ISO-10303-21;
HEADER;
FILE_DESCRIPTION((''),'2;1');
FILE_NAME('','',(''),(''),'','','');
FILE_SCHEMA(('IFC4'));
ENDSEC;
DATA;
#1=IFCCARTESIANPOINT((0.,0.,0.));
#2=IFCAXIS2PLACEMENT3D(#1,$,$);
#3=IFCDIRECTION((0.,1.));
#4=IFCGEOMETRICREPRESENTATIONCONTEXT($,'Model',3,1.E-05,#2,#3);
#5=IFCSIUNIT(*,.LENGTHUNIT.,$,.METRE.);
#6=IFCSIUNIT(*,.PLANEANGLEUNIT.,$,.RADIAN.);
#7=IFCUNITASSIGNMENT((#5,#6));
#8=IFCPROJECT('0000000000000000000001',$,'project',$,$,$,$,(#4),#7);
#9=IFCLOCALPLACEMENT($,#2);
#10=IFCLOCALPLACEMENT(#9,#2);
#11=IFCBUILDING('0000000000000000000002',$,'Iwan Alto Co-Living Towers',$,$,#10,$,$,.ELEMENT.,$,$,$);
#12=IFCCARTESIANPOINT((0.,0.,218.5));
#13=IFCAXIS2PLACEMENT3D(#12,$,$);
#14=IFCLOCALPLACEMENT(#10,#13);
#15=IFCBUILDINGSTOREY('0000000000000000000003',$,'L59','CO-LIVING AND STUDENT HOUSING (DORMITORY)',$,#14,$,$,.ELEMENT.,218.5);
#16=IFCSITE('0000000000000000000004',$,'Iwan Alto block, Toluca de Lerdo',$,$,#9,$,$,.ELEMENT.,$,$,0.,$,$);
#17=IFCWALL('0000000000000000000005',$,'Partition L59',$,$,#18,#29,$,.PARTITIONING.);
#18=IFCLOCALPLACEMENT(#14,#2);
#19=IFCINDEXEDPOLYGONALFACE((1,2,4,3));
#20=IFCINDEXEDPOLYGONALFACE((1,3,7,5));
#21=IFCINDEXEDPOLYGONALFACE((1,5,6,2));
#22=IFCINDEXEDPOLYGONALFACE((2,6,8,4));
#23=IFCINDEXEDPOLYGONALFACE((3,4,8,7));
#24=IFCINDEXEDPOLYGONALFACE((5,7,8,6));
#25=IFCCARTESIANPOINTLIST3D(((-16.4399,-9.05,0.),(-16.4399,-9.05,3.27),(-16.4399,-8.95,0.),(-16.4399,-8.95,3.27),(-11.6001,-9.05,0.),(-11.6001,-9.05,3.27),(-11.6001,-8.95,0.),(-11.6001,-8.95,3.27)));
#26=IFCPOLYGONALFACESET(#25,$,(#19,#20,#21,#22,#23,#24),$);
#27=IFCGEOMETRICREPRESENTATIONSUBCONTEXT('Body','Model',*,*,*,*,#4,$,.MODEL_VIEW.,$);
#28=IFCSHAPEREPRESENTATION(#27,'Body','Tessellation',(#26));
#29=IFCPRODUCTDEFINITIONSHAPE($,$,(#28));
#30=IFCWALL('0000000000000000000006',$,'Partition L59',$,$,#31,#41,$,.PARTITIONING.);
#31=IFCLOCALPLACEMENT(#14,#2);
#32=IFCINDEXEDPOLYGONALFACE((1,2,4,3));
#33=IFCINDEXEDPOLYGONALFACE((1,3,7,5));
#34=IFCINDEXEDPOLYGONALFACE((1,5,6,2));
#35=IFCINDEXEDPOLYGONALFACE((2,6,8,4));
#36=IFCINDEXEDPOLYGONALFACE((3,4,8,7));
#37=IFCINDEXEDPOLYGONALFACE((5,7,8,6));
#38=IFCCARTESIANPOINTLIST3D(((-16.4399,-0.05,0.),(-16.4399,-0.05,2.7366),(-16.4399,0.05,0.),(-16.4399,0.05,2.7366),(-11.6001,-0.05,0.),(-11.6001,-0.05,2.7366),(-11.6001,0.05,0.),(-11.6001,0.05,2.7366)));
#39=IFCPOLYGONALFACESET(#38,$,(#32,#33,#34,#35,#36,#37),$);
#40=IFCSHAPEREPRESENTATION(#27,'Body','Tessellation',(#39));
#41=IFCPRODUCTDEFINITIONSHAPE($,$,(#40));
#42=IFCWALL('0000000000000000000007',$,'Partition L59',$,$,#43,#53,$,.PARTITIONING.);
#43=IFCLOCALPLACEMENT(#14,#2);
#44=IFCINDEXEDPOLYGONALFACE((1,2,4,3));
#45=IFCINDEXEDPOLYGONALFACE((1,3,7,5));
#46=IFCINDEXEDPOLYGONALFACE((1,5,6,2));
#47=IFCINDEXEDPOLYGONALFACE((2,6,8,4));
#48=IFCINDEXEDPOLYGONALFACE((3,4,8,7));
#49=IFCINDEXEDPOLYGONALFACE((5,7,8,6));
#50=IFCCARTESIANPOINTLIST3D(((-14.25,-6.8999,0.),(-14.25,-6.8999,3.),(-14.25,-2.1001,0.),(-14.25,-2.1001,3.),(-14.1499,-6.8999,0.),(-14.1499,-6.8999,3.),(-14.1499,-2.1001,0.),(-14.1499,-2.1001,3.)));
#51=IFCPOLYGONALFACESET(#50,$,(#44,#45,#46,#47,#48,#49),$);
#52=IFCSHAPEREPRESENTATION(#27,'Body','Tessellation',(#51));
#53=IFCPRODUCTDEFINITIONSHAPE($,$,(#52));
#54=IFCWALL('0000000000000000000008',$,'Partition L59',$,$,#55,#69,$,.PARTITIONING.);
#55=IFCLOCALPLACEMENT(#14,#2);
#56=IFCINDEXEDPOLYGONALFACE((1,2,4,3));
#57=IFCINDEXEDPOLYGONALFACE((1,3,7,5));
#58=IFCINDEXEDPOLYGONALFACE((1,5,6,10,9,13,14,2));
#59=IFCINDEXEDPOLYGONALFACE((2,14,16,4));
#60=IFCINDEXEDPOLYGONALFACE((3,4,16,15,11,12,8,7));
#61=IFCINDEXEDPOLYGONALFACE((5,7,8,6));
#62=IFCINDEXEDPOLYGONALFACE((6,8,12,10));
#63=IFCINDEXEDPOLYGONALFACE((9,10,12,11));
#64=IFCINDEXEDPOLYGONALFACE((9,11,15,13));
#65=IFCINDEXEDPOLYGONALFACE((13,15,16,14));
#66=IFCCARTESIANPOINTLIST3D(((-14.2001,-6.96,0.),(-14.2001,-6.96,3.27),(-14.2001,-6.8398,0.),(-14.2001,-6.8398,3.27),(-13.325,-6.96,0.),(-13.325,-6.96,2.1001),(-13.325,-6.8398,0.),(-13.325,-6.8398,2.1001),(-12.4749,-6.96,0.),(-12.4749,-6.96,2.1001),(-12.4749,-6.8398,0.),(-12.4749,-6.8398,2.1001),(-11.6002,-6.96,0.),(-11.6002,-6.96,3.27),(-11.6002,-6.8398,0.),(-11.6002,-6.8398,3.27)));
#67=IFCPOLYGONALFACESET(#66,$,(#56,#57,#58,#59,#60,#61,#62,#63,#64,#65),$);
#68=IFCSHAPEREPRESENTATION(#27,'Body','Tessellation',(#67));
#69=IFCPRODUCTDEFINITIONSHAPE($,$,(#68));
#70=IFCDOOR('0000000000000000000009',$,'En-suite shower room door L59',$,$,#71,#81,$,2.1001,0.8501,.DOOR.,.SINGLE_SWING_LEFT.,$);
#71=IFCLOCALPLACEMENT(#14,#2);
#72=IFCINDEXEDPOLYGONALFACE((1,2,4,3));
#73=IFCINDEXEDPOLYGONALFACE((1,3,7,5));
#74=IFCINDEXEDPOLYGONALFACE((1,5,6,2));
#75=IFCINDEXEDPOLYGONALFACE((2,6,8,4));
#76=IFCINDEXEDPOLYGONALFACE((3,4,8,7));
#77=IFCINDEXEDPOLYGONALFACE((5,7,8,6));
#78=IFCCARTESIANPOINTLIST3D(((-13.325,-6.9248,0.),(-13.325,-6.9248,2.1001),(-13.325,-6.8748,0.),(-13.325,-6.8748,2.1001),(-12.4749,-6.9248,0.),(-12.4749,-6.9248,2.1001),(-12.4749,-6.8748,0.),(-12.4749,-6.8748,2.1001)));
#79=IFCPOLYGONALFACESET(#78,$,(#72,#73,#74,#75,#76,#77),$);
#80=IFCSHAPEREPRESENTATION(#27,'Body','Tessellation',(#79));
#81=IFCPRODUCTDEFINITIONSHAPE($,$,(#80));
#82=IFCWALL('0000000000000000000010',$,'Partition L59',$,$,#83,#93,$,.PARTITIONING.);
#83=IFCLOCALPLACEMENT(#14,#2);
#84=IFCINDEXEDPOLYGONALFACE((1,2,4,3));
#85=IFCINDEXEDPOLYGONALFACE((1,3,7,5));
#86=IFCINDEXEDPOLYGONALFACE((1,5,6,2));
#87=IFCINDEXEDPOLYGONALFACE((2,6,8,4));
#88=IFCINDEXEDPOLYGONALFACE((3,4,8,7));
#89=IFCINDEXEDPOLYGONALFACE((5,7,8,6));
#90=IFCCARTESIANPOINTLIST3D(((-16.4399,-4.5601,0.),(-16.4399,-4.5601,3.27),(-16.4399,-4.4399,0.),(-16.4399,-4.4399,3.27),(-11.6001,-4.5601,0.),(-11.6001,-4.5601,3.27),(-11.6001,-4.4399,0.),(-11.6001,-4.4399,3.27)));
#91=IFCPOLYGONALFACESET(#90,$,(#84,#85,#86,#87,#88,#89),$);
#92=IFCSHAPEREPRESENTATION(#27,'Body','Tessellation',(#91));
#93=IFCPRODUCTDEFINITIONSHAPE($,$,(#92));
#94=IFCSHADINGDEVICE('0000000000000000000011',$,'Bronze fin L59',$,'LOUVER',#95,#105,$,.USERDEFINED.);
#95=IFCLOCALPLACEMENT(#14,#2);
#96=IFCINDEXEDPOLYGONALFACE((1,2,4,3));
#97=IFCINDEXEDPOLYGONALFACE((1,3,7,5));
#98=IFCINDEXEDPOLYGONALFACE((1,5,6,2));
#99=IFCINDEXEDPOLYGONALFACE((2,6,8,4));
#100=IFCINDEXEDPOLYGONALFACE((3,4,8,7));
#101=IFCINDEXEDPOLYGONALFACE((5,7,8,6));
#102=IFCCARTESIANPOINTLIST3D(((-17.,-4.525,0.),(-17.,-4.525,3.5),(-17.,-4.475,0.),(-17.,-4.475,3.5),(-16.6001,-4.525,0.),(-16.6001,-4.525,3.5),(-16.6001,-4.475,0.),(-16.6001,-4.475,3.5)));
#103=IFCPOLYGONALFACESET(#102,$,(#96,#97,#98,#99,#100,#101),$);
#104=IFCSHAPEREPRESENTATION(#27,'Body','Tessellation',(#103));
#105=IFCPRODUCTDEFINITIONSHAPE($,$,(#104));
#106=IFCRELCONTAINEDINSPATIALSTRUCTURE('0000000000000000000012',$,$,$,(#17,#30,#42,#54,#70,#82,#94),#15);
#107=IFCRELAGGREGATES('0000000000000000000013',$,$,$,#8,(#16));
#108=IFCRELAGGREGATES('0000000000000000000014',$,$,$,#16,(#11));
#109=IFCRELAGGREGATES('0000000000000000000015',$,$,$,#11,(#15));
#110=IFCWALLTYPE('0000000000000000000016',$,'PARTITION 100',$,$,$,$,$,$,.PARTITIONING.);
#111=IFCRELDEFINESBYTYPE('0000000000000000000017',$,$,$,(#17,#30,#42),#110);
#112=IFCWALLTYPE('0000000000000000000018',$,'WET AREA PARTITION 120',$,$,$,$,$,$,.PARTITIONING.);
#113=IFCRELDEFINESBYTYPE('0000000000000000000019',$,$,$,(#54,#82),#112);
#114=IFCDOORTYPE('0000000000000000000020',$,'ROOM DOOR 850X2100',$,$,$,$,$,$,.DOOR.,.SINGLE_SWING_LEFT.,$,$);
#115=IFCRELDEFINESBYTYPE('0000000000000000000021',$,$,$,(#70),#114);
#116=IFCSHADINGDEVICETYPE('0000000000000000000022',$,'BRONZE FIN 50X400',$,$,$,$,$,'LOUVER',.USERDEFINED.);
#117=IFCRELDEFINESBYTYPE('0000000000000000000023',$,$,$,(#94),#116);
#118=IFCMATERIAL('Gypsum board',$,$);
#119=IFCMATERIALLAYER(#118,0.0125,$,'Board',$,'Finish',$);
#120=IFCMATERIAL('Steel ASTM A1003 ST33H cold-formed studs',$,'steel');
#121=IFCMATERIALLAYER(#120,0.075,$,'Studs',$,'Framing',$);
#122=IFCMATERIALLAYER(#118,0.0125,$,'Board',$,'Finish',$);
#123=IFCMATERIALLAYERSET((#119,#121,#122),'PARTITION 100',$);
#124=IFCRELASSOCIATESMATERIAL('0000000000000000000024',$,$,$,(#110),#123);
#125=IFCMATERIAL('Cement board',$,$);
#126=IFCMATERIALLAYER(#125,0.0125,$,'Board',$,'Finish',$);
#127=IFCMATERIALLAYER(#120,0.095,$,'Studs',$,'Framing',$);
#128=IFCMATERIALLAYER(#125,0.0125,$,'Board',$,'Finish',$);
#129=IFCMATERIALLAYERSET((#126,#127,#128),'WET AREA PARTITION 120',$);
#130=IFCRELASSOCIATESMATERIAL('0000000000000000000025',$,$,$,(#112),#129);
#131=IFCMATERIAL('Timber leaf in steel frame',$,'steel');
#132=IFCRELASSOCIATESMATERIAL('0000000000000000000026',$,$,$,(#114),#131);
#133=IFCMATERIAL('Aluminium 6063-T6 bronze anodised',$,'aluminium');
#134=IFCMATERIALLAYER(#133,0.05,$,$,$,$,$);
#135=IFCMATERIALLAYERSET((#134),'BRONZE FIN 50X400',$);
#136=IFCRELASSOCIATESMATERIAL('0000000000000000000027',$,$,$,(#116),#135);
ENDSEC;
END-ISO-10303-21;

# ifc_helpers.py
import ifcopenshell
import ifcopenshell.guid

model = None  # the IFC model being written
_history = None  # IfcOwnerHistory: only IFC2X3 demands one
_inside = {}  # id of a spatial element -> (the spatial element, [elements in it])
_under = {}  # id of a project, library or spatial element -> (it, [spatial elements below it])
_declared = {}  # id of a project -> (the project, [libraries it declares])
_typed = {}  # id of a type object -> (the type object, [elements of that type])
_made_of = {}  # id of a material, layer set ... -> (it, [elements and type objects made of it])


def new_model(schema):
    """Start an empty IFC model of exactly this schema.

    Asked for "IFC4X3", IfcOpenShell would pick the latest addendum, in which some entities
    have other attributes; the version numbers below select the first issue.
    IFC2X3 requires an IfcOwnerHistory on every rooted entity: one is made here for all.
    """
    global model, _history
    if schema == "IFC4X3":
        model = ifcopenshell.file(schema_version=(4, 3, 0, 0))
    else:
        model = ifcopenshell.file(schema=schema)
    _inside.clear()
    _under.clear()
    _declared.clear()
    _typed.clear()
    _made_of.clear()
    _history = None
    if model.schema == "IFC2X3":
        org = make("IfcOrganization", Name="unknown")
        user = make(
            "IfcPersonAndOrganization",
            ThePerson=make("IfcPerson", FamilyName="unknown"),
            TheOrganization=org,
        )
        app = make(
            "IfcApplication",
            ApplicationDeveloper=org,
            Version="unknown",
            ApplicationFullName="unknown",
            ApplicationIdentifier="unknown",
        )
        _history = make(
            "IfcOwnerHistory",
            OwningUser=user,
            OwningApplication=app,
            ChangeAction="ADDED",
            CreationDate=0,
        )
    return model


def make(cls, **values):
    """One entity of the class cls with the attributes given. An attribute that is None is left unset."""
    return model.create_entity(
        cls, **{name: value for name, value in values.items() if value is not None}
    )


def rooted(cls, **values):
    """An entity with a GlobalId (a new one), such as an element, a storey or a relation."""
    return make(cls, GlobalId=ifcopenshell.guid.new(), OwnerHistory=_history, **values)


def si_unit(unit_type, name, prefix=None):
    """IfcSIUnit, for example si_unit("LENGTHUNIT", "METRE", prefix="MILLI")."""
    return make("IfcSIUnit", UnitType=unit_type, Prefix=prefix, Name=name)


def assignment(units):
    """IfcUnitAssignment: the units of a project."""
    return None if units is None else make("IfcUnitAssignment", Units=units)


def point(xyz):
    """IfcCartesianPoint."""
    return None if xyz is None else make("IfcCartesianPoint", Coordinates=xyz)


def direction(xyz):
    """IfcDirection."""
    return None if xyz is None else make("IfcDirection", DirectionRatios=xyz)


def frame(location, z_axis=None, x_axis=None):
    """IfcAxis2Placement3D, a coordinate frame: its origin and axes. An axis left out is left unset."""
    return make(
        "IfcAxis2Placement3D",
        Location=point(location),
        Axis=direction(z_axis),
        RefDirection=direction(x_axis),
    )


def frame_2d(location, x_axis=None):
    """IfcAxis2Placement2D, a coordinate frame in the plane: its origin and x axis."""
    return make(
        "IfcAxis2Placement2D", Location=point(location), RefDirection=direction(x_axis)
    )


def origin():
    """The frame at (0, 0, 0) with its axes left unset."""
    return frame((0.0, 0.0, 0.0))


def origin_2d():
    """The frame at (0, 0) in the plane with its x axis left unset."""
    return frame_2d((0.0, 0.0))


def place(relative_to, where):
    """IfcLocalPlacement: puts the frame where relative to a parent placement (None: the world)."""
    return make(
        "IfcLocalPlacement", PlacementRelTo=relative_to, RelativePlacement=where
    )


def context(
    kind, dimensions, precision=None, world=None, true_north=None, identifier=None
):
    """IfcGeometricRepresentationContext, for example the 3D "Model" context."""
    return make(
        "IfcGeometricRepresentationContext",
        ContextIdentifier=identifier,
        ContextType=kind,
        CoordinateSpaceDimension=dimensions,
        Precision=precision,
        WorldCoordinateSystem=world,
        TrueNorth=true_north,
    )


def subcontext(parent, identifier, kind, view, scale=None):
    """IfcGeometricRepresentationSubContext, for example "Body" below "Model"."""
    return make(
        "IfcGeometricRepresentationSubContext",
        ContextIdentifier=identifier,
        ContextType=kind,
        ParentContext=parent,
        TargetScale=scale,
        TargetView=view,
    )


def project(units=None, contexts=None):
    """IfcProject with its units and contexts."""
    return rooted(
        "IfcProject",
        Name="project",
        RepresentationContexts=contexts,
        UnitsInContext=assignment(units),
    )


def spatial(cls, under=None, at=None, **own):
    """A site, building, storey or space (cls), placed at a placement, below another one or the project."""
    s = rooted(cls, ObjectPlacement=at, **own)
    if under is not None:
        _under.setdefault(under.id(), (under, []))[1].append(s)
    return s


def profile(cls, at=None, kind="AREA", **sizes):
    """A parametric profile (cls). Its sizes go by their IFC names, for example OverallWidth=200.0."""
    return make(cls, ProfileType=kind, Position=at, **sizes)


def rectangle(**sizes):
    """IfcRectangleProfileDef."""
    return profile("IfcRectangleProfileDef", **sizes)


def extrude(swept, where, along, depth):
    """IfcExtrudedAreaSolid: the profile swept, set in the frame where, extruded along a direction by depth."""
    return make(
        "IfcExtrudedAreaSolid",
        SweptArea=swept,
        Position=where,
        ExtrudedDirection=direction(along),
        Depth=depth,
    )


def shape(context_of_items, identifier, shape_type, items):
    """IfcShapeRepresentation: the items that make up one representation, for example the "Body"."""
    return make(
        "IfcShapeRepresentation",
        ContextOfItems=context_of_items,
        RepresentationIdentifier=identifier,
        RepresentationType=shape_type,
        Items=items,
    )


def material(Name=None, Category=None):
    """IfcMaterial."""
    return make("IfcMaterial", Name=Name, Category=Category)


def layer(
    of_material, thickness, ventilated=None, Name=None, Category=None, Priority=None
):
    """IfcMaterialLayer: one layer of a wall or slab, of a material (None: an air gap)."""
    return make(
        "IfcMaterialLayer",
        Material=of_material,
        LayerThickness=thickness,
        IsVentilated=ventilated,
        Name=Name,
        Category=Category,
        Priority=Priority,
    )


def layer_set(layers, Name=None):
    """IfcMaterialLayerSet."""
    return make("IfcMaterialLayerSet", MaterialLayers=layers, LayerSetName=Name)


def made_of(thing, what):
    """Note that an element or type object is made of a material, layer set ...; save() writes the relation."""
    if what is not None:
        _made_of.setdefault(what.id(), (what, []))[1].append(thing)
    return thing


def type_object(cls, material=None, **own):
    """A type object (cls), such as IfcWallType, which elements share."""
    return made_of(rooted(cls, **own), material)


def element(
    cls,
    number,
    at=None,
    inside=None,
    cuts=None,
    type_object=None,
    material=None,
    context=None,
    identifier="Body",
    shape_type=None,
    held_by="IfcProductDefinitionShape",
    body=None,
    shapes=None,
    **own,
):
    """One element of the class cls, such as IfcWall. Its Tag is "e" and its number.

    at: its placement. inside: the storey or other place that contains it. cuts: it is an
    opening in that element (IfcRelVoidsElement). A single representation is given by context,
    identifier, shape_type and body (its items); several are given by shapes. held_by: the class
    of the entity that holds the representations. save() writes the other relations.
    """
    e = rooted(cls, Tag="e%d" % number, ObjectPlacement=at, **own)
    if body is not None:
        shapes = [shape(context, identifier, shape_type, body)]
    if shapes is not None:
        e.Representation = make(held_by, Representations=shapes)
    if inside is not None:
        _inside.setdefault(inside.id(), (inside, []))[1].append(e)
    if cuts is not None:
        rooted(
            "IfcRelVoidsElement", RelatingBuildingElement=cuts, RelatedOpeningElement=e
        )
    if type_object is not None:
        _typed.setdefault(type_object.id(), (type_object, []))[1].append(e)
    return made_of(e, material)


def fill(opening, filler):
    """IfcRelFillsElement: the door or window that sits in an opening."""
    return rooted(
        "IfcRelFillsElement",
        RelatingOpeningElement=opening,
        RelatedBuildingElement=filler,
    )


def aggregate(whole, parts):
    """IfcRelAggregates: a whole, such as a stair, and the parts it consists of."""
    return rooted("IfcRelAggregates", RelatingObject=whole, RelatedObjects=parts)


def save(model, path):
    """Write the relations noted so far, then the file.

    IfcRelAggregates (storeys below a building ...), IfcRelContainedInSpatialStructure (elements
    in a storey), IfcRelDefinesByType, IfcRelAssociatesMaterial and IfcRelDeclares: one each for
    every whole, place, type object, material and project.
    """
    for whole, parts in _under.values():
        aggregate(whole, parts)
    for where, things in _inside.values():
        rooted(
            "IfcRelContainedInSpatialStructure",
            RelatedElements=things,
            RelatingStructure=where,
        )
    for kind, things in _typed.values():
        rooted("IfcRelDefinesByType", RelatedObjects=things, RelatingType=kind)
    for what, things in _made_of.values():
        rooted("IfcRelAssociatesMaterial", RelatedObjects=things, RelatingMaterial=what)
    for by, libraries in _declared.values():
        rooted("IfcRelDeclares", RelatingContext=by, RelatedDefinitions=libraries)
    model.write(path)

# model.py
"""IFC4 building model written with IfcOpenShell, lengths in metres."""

from ifc_helpers import new_model, si_unit, direction, frame, frame_2d, origin, origin_2d, place, context, subcontext, project, spatial, rectangle, extrude, material, layer, layer_set, type_object, element, fill, save


model = new_model("IFC4")

# Units and contexts
model_context = context("Model", 3, precision=1e-05, world=origin(), true_north=direction((0.0, 1.0)))
body_context = subcontext(model_context, "Body", "Model", "MODEL_VIEW")
ifc_project = project(units=[si_unit("LENGTHUNIT", "METRE"), si_unit("PLANEANGLEUNIT", "RADIAN")], contexts=[model_context])

# Site, building, storey
site_placement = place(None, origin())
site = spatial("IfcSite", under=ifc_project, at=site_placement, Name="Iwan Alto block, Toluca de Lerdo", CompositionType="ELEMENT", RefElevation=0.0)
building_placement = place(site_placement, origin())
building = spatial("IfcBuilding", under=site, at=building_placement, Name="Iwan Alto Co-Living Towers", CompositionType="ELEMENT")
storey_placement = place(building_placement, frame((0.0, 0.0, 218.5)))
storey = spatial("IfcBuildingStorey", under=building, at=storey_placement, Name="L59", Description="CO-LIVING AND STUDENT HOUSING (DORMITORY)", CompositionType="ELEMENT", Elevation=218.5)

# Walls
ifc_material_1 = material(Name="Gypsum board")
ifc_layer_1 = layer(ifc_material_1, 0.0125, Name="Board", Category="Finish")
ifc_material_2 = material(Name="Steel ASTM A1003 ST33H cold-formed studs", Category="steel")
ifc_layer_2 = layer(ifc_material_2, 0.075, Name="Studs", Category="Framing")
ifc_layer_3 = layer(ifc_material_1, 0.0125, Name="Board", Category="Finish")
ifc_layer_set_1 = layer_set([ifc_layer_1, ifc_layer_2, ifc_layer_3], Name="PARTITION 100")
wall_type_1 = type_object("IfcWallType", Name="PARTITION 100", PredefinedType="PARTITIONING", material=ifc_layer_set_1)
wall_1_placement = place(storey_placement, frame((-16.4399, -9.0, 0.0), z_axis=(0.0, 0.0, 1.0), x_axis=(1.0, 0.0, 0.0)))
element("IfcWall", 1, at=wall_1_placement, inside=storey, type_object=wall_type_1, Name="Partition L59", PredefinedType="PARTITIONING", context=body_context, shape_type="SweptSolid", body=[
    extrude(rectangle(XDim=4.8398, YDim=0.1001, at=frame_2d((2.4199, 0.0))), origin(), (0.0, 0.0, 1.0), 3.27),
])
wall_2_placement = place(storey_placement, frame((-16.4399, 0.0, 0.0), z_axis=(0.0, 0.0, 1.0), x_axis=(1.0, 0.0, 0.0)))
element("IfcWall", 2, at=wall_2_placement, inside=storey, type_object=wall_type_1, Name="Partition L59", PredefinedType="PARTITIONING", context=body_context, shape_type="SweptSolid", body=[
    extrude(rectangle(XDim=4.8398, YDim=0.1001, at=frame_2d((2.4199, 0.0))), origin(), (0.0, 0.0, 1.0), 2.7366),
])
wall_3_placement = place(storey_placement, frame((-14.2, -6.8999, 0.0), z_axis=(0.0, 0.0, 1.0), x_axis=(0.0, 1.0, 0.0)))
element("IfcWall", 3, at=wall_3_placement, inside=storey, type_object=wall_type_1, Name="Partition L59", PredefinedType="PARTITIONING", context=body_context, shape_type="SweptSolid", body=[
    extrude(rectangle(XDim=4.7998, YDim=0.1001, at=frame_2d((2.3999, 0.0))), origin(), (0.0, 0.0, 1.0), 3.0),
])

# Wall, opening, door
ifc_material_3 = material(Name="Cement board")
ifc_layer_4 = layer(ifc_material_3, 0.0125, Name="Board", Category="Finish")
ifc_layer_5 = layer(ifc_material_2, 0.095, Name="Studs", Category="Framing")
ifc_layer_6 = layer(ifc_material_3, 0.0125, Name="Board", Category="Finish")
ifc_layer_set_2 = layer_set([ifc_layer_4, ifc_layer_5, ifc_layer_6], Name="WET AREA PARTITION 120")
wall_type_2 = type_object("IfcWallType", Name="WET AREA PARTITION 120", PredefinedType="PARTITIONING", material=ifc_layer_set_2)
wall_4_placement = place(storey_placement, frame((-14.2, -6.8999, 0.0), z_axis=(0.0, 0.0, 1.0), x_axis=(1.0, 0.0, 0.0)))
wall_4 = element("IfcWall", 4, at=wall_4_placement, inside=storey, type_object=wall_type_2, Name="Partition L59", PredefinedType="PARTITIONING", context=body_context, shape_type="SweptSolid", body=[
    extrude(rectangle(XDim=2.5999, YDim=0.1201, at=frame_2d((1.2998, 0.0))), origin(), (0.0, 0.0, 1.0), 3.27),
])
opening_placement = place(wall_4_placement, frame((0.875, 0.0, 0.0)))
opening = element("IfcOpeningElement", 5, at=opening_placement, cuts=wall_4, PredefinedType="OPENING", context=body_context, shape_type="SweptSolid", body=[
    extrude(rectangle(XDim=0.8501, YDim=2.1001, at=frame_2d((0.425, 1.05))), frame((0.0, 0.0701, 0.0), z_axis=(0.0, -1.0, 0.0), x_axis=(1.0, 0.0, 0.0)), (0.0, 0.0, 1.0), 0.1401),
])
ifc_material_4 = material(Name="Timber leaf in steel frame", Category="steel")
door_type = type_object("IfcDoorType", Name="ROOM DOOR 850X2100", OperationType="SINGLE_SWING_LEFT", PredefinedType="DOOR", material=ifc_material_4)
door_placement = place(opening_placement, frame((0.8501, 0.0, 0.0), z_axis=(0.0, 0.0, 1.0), x_axis=(-1.0, 0.0, 0.0)))
door = element("IfcDoor", 6, at=door_placement, inside=storey, type_object=door_type, Name="En-suite shower room door L59", OperationType="SINGLE_SWING_LEFT", OverallHeight=2.1001, OverallWidth=0.8501, PredefinedType="DOOR", context=body_context, shape_type="SweptSolid", body=[
    extrude(rectangle(XDim=0.8501, YDim=2.1001, at=frame_2d((0.425, 1.05))), frame((0.0, 0.0249, 0.0), z_axis=(0.0, -1.0, 0.0), x_axis=(1.0, 0.0, 0.0)), (0.0, 0.0, 1.0), 0.05),
])
fill(opening, door)

# Wall
wall_5_placement = place(storey_placement, frame((-16.4399, -4.5, 0.0), z_axis=(0.0, 0.0, 1.0), x_axis=(1.0, 0.0, 0.0)))
element("IfcWall", 7, at=wall_5_placement, inside=storey, type_object=wall_type_2, Name="Partition L59", PredefinedType="PARTITIONING", context=body_context, shape_type="SweptSolid", body=[
    extrude(rectangle(XDim=4.8398, YDim=0.1201, at=frame_2d((2.4199, 0.0))), origin(), (0.0, 0.0, 1.0), 3.27),
])

# Shading device
ifc_material_5 = material(Name="Aluminium 6063-T6 bronze anodised", Category="aluminium")
ifc_layer_7 = layer(ifc_material_5, 0.05)
ifc_layer_set_3 = layer_set([ifc_layer_7], Name="BRONZE FIN 50X400")
shading_device_type = type_object("IfcShadingDeviceType", Name="BRONZE FIN 50X400", ElementType="LOUVER", PredefinedType="USERDEFINED", material=ifc_layer_set_3)
shading_device_placement = place(storey_placement, frame((-16.8, -4.5, 0.0), z_axis=(0.0, 0.0, 1.0), x_axis=(0.0, -1.0, 0.0)))
element("IfcShadingDevice", 8, at=shading_device_placement, inside=storey, type_object=shading_device_type, Name="Bronze fin L59", ObjectType="LOUVER", PredefinedType="USERDEFINED", context=body_context, shape_type="SweptSolid", body=[
    extrude(rectangle(XDim=0.05, YDim=0.3999, at=origin_2d()), origin(), (0.0, 0.0, 1.0), 3.5),
])

save(model, "model.ifc")
